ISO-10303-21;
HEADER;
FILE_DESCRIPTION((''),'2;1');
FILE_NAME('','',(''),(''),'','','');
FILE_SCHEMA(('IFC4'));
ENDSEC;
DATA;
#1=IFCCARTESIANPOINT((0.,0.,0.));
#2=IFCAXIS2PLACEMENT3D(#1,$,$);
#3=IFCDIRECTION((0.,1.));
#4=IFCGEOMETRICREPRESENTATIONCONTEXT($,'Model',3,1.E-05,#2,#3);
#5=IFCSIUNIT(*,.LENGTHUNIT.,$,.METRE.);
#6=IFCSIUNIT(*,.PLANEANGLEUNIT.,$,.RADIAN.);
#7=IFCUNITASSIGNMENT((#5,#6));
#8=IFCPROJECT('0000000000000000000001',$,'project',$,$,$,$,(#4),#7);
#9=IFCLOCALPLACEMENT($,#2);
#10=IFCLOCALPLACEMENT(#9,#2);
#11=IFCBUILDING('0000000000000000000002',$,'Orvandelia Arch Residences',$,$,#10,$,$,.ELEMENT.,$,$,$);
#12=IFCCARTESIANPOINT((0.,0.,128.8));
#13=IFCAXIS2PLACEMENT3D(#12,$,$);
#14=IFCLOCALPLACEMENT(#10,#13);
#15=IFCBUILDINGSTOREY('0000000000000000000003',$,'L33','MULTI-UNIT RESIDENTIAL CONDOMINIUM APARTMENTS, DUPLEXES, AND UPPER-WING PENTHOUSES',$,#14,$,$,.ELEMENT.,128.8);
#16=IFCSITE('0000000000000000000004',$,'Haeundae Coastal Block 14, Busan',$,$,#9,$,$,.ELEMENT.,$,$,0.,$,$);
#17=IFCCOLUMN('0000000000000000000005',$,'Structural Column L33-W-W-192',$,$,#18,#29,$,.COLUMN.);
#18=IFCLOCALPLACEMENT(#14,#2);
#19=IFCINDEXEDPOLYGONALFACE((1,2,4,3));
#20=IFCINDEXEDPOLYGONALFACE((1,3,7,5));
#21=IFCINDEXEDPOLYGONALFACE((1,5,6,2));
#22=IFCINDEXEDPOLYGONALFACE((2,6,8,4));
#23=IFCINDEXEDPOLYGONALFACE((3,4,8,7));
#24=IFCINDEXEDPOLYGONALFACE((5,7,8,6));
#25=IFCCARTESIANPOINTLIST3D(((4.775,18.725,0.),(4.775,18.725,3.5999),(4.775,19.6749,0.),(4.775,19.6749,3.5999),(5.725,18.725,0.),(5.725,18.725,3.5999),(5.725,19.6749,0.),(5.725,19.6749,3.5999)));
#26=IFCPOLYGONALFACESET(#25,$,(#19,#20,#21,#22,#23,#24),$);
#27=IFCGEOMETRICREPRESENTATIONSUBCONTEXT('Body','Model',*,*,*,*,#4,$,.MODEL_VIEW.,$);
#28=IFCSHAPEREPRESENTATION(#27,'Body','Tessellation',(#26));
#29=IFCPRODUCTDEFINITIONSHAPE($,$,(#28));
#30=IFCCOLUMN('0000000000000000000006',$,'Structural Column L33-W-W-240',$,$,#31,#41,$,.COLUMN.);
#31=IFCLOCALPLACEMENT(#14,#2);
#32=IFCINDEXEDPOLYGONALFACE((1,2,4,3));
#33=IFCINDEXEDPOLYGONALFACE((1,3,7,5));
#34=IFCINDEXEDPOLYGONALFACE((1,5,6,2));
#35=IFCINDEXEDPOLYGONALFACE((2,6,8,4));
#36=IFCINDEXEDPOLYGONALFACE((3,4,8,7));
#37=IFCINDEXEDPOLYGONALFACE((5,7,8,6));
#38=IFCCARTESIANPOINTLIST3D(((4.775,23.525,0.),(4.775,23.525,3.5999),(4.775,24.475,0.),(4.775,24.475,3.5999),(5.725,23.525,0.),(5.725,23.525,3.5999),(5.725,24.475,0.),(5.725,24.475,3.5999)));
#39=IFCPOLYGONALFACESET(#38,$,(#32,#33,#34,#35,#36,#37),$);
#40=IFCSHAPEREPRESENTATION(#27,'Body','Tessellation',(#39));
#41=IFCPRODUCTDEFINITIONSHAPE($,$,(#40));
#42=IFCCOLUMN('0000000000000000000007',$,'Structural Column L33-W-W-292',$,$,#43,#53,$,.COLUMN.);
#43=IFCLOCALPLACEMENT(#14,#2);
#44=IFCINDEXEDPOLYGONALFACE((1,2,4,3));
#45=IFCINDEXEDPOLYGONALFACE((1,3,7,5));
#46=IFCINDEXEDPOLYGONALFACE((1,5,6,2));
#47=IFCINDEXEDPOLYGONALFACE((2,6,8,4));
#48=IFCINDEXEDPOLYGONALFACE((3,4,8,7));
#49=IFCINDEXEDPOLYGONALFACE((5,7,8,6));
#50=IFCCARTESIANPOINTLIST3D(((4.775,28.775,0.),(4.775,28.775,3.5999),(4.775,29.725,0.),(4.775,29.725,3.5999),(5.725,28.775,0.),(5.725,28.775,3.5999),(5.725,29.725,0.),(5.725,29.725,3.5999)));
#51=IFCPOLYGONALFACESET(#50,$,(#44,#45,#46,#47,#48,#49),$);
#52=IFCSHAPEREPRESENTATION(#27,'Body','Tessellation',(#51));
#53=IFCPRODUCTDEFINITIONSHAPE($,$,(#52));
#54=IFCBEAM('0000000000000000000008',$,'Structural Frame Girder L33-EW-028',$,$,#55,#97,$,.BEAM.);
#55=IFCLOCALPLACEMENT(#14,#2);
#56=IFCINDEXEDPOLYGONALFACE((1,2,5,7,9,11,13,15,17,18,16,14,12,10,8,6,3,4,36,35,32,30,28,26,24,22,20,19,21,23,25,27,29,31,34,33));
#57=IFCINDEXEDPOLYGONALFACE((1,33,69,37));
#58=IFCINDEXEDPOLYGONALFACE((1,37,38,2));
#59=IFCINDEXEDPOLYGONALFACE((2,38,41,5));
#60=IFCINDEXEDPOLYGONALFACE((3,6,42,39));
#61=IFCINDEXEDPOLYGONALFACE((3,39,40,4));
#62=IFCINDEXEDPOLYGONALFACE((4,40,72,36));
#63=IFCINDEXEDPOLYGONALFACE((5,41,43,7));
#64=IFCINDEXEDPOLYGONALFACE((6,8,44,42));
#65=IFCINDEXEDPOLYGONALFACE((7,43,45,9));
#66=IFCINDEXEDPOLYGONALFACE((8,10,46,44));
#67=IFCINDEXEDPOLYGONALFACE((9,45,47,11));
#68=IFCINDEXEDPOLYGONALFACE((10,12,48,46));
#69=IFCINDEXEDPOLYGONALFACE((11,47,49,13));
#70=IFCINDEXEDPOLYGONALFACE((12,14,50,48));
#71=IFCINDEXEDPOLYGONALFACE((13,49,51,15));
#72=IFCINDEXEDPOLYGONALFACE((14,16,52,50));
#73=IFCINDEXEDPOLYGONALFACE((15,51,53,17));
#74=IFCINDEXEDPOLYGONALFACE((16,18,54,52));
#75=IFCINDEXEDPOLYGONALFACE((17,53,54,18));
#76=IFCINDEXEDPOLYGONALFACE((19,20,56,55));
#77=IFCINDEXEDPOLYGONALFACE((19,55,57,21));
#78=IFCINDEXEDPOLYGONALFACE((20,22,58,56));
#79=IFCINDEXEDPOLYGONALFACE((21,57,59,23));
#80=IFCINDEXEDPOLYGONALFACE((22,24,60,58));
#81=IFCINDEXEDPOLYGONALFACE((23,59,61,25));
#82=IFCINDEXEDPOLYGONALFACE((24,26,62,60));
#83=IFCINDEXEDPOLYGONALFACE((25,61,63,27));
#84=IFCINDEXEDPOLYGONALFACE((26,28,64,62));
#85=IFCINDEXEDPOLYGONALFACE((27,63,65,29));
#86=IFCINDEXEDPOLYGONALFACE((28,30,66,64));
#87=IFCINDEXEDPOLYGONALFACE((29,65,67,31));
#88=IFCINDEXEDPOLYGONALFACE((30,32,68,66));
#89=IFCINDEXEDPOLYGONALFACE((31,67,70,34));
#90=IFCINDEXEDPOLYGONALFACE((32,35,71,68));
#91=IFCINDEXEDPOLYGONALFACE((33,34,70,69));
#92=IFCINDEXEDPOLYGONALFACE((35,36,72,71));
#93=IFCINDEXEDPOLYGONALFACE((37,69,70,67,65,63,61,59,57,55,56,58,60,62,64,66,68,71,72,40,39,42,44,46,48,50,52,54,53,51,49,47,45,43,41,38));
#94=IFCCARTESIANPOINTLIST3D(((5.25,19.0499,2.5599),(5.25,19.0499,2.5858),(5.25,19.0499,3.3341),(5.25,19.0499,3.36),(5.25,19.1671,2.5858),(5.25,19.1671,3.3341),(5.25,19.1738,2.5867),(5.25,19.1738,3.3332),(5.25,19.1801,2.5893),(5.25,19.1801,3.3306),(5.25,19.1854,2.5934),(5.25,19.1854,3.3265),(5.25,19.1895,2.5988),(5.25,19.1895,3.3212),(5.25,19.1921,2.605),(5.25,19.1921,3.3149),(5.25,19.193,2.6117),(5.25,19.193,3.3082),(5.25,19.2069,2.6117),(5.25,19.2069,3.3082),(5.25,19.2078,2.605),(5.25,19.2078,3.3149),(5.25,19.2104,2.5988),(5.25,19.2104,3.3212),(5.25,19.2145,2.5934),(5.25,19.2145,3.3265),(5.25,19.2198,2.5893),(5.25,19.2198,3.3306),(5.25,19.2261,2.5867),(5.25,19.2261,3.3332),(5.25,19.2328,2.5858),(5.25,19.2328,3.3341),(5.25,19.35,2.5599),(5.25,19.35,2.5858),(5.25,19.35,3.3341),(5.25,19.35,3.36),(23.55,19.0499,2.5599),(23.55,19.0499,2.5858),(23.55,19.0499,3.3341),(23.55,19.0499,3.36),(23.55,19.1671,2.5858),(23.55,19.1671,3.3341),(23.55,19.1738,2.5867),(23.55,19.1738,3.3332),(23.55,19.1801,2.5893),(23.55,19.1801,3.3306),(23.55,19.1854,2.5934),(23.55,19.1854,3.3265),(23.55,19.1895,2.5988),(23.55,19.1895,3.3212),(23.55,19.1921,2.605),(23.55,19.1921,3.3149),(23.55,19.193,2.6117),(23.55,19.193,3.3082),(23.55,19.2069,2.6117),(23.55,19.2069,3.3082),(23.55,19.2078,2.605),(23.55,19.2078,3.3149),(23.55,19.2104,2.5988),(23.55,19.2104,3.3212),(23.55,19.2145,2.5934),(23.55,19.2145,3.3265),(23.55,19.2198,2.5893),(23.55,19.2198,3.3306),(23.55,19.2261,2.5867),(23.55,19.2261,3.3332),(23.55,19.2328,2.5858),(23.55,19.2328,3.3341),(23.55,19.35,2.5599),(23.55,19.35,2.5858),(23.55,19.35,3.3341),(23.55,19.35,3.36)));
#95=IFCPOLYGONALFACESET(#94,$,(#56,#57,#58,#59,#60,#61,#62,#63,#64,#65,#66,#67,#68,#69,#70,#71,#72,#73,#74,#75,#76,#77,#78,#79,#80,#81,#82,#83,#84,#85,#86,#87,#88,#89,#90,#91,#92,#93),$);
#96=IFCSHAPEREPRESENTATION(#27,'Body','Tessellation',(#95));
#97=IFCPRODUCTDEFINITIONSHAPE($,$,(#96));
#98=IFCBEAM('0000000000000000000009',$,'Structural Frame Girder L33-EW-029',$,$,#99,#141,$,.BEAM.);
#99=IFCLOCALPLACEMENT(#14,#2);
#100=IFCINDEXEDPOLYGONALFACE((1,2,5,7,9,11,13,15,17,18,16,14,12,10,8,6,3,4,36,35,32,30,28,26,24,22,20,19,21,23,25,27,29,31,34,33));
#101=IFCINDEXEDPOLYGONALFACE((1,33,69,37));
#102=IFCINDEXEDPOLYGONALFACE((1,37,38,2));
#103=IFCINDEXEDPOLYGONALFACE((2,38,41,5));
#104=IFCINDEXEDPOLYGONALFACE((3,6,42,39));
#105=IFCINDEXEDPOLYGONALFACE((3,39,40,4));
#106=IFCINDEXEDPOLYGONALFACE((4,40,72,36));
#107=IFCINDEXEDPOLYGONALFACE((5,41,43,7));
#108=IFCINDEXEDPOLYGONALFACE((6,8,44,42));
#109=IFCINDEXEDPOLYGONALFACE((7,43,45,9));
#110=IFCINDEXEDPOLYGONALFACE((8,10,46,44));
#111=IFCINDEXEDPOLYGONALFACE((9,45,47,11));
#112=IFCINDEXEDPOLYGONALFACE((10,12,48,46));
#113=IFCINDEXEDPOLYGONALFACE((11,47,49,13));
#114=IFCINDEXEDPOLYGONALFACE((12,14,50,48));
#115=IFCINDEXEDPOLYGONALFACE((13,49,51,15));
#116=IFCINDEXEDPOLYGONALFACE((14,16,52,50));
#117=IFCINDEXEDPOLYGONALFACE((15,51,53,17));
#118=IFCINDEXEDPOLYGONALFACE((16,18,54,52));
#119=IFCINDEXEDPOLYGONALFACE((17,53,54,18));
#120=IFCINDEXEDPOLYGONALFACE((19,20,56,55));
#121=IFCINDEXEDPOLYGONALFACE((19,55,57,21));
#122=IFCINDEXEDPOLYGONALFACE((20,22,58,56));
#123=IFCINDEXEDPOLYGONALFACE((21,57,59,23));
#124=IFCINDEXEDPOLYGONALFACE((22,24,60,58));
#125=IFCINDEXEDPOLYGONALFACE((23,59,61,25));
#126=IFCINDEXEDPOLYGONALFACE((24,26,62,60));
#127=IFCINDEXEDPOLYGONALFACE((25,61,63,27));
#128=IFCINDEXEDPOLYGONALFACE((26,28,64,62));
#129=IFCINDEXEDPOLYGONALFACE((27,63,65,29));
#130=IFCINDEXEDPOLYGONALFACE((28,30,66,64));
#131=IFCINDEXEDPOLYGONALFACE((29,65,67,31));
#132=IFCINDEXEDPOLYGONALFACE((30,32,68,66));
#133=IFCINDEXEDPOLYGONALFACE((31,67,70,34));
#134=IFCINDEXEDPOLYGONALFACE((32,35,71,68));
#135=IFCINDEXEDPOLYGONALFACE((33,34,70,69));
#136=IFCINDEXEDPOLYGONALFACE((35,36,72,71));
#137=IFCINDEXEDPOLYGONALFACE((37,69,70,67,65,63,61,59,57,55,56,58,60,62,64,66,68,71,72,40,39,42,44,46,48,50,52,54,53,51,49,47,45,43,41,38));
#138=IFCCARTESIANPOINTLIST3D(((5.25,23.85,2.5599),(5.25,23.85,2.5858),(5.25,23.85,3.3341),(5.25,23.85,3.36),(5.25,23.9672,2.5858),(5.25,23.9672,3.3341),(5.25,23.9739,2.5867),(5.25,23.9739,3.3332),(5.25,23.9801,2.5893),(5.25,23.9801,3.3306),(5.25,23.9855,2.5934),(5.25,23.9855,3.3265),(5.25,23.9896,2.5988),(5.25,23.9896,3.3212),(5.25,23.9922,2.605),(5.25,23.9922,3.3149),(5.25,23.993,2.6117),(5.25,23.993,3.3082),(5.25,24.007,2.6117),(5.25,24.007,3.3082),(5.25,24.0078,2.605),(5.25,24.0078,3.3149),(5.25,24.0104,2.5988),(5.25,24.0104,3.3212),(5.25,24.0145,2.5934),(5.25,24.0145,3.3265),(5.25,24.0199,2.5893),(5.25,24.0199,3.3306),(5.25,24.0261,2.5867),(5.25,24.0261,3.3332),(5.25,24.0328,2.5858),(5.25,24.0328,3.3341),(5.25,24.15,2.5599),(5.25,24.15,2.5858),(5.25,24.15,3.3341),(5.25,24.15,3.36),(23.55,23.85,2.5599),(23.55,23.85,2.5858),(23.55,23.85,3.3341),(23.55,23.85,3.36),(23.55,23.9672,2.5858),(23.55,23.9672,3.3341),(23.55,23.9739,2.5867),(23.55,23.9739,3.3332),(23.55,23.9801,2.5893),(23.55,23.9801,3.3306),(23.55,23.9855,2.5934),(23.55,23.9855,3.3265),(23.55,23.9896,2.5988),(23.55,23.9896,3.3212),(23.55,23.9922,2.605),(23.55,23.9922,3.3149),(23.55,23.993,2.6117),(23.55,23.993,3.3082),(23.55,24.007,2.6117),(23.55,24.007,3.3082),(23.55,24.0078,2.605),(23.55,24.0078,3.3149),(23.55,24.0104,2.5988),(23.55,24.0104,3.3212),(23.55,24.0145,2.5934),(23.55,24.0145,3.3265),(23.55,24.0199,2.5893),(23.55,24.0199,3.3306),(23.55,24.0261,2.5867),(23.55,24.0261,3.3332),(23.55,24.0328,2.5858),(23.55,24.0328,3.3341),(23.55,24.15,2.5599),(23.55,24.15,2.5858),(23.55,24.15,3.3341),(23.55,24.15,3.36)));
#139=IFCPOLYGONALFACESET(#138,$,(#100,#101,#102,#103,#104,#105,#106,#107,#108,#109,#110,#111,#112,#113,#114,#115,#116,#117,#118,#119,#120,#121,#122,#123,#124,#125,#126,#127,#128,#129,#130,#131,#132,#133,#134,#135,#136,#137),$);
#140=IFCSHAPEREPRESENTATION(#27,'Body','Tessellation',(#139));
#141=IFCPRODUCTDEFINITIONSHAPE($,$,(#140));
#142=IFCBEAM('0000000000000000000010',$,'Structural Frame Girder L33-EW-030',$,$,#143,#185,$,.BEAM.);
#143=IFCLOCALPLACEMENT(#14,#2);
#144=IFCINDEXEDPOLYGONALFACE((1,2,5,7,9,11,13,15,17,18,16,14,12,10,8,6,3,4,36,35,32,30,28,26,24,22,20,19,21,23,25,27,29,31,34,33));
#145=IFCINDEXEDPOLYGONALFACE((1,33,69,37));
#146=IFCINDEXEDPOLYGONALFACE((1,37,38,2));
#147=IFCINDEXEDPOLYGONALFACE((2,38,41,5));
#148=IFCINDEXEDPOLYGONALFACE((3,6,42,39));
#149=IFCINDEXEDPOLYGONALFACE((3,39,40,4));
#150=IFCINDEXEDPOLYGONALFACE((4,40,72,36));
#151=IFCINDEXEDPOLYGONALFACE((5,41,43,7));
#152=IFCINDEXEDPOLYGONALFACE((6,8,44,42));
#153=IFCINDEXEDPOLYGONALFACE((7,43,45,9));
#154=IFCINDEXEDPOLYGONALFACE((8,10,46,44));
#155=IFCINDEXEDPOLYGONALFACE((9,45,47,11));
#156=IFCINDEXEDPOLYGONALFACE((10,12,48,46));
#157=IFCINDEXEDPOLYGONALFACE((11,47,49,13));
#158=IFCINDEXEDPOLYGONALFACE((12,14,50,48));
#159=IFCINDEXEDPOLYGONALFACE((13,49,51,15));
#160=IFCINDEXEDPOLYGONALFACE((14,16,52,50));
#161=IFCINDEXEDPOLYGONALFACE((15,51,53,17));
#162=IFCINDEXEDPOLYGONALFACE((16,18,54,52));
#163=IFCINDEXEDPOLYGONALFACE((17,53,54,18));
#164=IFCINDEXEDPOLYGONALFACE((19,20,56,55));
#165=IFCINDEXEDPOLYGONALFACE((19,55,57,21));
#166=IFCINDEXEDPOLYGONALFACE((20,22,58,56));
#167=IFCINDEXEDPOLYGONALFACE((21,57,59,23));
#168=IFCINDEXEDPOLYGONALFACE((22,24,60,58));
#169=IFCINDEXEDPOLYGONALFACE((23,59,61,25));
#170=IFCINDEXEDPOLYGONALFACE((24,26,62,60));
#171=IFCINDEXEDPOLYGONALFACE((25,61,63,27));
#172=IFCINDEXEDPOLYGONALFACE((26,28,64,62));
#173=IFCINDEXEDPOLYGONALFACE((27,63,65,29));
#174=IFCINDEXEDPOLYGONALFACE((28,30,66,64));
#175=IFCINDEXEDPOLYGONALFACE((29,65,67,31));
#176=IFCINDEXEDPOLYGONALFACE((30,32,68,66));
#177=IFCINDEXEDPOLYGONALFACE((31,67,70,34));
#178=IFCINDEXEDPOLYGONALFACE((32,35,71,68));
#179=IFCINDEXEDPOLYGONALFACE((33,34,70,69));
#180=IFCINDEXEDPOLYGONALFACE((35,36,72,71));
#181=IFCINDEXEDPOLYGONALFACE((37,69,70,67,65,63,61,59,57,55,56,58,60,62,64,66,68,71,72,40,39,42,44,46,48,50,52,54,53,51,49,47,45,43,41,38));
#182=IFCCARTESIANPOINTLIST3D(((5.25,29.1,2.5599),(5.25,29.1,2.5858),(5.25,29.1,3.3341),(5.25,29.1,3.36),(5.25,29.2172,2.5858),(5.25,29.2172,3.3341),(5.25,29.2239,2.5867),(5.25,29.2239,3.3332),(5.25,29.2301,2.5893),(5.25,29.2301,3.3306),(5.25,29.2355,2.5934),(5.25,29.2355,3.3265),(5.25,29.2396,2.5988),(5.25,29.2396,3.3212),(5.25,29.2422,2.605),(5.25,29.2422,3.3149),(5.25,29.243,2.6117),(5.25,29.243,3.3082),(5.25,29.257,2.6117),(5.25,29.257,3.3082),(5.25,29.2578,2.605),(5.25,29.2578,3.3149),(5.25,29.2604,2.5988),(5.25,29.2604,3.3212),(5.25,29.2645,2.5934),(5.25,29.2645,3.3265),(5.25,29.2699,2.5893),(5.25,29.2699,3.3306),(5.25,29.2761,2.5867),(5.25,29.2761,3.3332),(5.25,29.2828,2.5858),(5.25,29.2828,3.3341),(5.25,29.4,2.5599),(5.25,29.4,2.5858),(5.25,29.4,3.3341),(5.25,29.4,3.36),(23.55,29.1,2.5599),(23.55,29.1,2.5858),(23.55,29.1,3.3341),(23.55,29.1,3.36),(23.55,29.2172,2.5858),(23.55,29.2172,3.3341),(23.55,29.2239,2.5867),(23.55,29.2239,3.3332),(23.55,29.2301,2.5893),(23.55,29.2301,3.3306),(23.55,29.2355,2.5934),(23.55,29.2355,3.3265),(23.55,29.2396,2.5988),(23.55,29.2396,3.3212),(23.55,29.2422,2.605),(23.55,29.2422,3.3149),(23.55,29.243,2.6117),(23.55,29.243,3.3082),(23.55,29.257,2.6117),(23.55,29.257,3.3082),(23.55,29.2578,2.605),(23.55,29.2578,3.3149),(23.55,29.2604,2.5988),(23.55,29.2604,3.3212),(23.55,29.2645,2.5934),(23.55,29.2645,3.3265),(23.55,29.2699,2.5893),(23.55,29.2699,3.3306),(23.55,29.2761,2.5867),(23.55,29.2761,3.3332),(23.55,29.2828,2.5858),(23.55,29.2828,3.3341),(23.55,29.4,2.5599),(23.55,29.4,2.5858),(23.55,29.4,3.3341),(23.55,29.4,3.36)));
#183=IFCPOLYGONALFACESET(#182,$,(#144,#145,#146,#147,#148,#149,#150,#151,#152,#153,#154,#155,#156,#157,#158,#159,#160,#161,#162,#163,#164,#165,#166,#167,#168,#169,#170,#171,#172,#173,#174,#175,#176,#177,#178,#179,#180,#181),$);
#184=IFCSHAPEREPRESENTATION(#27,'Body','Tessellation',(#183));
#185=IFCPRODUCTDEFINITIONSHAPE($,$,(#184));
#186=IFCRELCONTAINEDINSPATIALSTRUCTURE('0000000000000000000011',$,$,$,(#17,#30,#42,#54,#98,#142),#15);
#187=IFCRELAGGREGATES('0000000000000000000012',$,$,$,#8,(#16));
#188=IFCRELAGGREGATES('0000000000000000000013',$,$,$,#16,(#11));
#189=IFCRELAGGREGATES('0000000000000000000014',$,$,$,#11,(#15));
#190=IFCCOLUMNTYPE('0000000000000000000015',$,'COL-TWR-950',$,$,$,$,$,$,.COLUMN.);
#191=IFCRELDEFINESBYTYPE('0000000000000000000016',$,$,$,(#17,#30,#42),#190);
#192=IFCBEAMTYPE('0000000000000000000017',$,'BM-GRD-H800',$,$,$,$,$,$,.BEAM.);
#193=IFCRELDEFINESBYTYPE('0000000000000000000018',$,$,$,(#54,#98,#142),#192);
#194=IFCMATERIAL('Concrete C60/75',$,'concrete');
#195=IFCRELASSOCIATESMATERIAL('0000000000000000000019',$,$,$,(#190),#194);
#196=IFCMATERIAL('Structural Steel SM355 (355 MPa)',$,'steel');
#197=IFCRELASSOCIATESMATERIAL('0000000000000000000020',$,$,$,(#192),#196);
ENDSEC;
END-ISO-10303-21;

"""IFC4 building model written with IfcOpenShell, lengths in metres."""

from ifc_helpers import new_model, si_unit, direction, frame, origin, origin_2d, place, context, subcontext, project, spatial, rectangle, i_section, extrude, material, material_profile, profile_set, type_object, element, save


model = new_model("IFC4")

# Units and contexts
model_context = context("Model", 3, precision=1e-05, world=origin(), true_north=direction((0.0, 1.0)))
body_context = subcontext(model_context, "Body", "Model", "MODEL_VIEW")
ifc_project = project(units=[si_unit("LENGTHUNIT", "METRE"), si_unit("PLANEANGLEUNIT", "RADIAN")], contexts=[model_context])

# Site, building, storey
site_placement = place(None, origin())
site = spatial("IfcSite", under=ifc_project, at=site_placement, Name="Haeundae Coastal Block 14, Busan", CompositionType="ELEMENT", RefElevation=0.0)
building_placement = place(site_placement, origin())
building = spatial("IfcBuilding", under=site, at=building_placement, Name="Orvandelia Arch Residences", CompositionType="ELEMENT")
storey_placement = place(building_placement, frame((0.0, 0.0, 128.8)))
storey = spatial("IfcBuildingStorey", under=building, at=storey_placement, Name="L33", Description="MULTI-UNIT RESIDENTIAL CONDOMINIUM APARTMENTS, DUPLEXES, AND UPPER-WING PENTHOUSES", CompositionType="ELEMENT", Elevation=128.8)

# Columns
ifc_material_1 = material(Name="Concrete C60/75", Category="concrete")
ifc_material_profile_1 = material_profile(ifc_material_1, rectangle(XDim=0.95, YDim=0.95, at=origin_2d()), Name="Concrete C60/75", Category="concrete")
ifc_profile_set_1 = profile_set([ifc_material_profile_1], Name="Concrete C60/75")
column_type = type_object("IfcColumnType", Name="COL-TWR-950", PredefinedType="COLUMN", material=ifc_profile_set_1)
for number, where, z_axis, x_axis, name in (
    (1, (5.25, 19.2, 0.0), (0.0, 0.0, 1.0), (1.0, 0.0, 0.0), "Structural Column L33-W-W-192"),
    (2, (5.25, 24.0, 0.0), (0.0, 0.0, 1.0), (1.0, 0.0, 0.0), "Structural Column L33-W-W-240"),
    (3, (5.25, 29.25, 0.0), (0.0, 0.0, 1.0), (1.0, 0.0, 0.0), "Structural Column L33-W-W-292"),
):
    element("IfcColumn", number, at=place(storey_placement, frame(where, z_axis=z_axis, x_axis=x_axis)), inside=storey, type_object=column_type, Name=name, PredefinedType="COLUMN", context=body_context, shape_type="SweptSolid", body=[
        extrude(rectangle(XDim=0.95, YDim=0.95, at=origin_2d()), origin(), (0.0, 0.0, 1.0), 3.5999),
    ])

# Beams
ifc_material_2 = material(Name="Structural Steel SM355 (355 MPa)", Category="steel")
ifc_material_profile_2 = material_profile(ifc_material_2, i_section(OverallWidth=0.3, OverallDepth=0.8, WebThickness=0.0139, FlangeThickness=0.0259, FilletRadius=0.0259, at=origin_2d()), Name="Structural Steel SM355 (355 MPa)", Category="steel")
ifc_profile_set_2 = profile_set([ifc_material_profile_2], Name="Structural Steel SM355 (355 MPa)")
beam_type_1 = type_object("IfcBeamType", Name="BM-GRD-H800", PredefinedType="BEAM", material=ifc_profile_set_2)
for number, where, z_axis, x_axis, name in (
    (4, (5.25, 19.2, 2.96), (1.0, 0.0, 0.0), (0.0, 1.0, 0.0), "Structural Frame Girder L33-EW-028"),
    (5, (5.25, 24.0, 2.96), (1.0, 0.0, 0.0), (0.0, 1.0, 0.0), "Structural Frame Girder L33-EW-029"),
    (6, (5.25, 29.25, 2.96), (1.0, 0.0, 0.0), (0.0, 1.0, 0.0), "Structural Frame Girder L33-EW-030"),
):
    element("IfcBeam", number, at=place(storey_placement, frame(where, z_axis=z_axis, x_axis=x_axis)), inside=storey, type_object=beam_type_1, Name=name, PredefinedType="BEAM", context=body_context, shape_type="SweptSolid", body=[
        extrude(i_section(OverallWidth=0.3, OverallDepth=0.8, WebThickness=0.0139, FlangeThickness=0.0259, FilletRadius=0.0259, at=origin_2d()), origin(), (0.0, 0.0, 1.0), 18.3),
    ])

save(model, "model.ifc")
